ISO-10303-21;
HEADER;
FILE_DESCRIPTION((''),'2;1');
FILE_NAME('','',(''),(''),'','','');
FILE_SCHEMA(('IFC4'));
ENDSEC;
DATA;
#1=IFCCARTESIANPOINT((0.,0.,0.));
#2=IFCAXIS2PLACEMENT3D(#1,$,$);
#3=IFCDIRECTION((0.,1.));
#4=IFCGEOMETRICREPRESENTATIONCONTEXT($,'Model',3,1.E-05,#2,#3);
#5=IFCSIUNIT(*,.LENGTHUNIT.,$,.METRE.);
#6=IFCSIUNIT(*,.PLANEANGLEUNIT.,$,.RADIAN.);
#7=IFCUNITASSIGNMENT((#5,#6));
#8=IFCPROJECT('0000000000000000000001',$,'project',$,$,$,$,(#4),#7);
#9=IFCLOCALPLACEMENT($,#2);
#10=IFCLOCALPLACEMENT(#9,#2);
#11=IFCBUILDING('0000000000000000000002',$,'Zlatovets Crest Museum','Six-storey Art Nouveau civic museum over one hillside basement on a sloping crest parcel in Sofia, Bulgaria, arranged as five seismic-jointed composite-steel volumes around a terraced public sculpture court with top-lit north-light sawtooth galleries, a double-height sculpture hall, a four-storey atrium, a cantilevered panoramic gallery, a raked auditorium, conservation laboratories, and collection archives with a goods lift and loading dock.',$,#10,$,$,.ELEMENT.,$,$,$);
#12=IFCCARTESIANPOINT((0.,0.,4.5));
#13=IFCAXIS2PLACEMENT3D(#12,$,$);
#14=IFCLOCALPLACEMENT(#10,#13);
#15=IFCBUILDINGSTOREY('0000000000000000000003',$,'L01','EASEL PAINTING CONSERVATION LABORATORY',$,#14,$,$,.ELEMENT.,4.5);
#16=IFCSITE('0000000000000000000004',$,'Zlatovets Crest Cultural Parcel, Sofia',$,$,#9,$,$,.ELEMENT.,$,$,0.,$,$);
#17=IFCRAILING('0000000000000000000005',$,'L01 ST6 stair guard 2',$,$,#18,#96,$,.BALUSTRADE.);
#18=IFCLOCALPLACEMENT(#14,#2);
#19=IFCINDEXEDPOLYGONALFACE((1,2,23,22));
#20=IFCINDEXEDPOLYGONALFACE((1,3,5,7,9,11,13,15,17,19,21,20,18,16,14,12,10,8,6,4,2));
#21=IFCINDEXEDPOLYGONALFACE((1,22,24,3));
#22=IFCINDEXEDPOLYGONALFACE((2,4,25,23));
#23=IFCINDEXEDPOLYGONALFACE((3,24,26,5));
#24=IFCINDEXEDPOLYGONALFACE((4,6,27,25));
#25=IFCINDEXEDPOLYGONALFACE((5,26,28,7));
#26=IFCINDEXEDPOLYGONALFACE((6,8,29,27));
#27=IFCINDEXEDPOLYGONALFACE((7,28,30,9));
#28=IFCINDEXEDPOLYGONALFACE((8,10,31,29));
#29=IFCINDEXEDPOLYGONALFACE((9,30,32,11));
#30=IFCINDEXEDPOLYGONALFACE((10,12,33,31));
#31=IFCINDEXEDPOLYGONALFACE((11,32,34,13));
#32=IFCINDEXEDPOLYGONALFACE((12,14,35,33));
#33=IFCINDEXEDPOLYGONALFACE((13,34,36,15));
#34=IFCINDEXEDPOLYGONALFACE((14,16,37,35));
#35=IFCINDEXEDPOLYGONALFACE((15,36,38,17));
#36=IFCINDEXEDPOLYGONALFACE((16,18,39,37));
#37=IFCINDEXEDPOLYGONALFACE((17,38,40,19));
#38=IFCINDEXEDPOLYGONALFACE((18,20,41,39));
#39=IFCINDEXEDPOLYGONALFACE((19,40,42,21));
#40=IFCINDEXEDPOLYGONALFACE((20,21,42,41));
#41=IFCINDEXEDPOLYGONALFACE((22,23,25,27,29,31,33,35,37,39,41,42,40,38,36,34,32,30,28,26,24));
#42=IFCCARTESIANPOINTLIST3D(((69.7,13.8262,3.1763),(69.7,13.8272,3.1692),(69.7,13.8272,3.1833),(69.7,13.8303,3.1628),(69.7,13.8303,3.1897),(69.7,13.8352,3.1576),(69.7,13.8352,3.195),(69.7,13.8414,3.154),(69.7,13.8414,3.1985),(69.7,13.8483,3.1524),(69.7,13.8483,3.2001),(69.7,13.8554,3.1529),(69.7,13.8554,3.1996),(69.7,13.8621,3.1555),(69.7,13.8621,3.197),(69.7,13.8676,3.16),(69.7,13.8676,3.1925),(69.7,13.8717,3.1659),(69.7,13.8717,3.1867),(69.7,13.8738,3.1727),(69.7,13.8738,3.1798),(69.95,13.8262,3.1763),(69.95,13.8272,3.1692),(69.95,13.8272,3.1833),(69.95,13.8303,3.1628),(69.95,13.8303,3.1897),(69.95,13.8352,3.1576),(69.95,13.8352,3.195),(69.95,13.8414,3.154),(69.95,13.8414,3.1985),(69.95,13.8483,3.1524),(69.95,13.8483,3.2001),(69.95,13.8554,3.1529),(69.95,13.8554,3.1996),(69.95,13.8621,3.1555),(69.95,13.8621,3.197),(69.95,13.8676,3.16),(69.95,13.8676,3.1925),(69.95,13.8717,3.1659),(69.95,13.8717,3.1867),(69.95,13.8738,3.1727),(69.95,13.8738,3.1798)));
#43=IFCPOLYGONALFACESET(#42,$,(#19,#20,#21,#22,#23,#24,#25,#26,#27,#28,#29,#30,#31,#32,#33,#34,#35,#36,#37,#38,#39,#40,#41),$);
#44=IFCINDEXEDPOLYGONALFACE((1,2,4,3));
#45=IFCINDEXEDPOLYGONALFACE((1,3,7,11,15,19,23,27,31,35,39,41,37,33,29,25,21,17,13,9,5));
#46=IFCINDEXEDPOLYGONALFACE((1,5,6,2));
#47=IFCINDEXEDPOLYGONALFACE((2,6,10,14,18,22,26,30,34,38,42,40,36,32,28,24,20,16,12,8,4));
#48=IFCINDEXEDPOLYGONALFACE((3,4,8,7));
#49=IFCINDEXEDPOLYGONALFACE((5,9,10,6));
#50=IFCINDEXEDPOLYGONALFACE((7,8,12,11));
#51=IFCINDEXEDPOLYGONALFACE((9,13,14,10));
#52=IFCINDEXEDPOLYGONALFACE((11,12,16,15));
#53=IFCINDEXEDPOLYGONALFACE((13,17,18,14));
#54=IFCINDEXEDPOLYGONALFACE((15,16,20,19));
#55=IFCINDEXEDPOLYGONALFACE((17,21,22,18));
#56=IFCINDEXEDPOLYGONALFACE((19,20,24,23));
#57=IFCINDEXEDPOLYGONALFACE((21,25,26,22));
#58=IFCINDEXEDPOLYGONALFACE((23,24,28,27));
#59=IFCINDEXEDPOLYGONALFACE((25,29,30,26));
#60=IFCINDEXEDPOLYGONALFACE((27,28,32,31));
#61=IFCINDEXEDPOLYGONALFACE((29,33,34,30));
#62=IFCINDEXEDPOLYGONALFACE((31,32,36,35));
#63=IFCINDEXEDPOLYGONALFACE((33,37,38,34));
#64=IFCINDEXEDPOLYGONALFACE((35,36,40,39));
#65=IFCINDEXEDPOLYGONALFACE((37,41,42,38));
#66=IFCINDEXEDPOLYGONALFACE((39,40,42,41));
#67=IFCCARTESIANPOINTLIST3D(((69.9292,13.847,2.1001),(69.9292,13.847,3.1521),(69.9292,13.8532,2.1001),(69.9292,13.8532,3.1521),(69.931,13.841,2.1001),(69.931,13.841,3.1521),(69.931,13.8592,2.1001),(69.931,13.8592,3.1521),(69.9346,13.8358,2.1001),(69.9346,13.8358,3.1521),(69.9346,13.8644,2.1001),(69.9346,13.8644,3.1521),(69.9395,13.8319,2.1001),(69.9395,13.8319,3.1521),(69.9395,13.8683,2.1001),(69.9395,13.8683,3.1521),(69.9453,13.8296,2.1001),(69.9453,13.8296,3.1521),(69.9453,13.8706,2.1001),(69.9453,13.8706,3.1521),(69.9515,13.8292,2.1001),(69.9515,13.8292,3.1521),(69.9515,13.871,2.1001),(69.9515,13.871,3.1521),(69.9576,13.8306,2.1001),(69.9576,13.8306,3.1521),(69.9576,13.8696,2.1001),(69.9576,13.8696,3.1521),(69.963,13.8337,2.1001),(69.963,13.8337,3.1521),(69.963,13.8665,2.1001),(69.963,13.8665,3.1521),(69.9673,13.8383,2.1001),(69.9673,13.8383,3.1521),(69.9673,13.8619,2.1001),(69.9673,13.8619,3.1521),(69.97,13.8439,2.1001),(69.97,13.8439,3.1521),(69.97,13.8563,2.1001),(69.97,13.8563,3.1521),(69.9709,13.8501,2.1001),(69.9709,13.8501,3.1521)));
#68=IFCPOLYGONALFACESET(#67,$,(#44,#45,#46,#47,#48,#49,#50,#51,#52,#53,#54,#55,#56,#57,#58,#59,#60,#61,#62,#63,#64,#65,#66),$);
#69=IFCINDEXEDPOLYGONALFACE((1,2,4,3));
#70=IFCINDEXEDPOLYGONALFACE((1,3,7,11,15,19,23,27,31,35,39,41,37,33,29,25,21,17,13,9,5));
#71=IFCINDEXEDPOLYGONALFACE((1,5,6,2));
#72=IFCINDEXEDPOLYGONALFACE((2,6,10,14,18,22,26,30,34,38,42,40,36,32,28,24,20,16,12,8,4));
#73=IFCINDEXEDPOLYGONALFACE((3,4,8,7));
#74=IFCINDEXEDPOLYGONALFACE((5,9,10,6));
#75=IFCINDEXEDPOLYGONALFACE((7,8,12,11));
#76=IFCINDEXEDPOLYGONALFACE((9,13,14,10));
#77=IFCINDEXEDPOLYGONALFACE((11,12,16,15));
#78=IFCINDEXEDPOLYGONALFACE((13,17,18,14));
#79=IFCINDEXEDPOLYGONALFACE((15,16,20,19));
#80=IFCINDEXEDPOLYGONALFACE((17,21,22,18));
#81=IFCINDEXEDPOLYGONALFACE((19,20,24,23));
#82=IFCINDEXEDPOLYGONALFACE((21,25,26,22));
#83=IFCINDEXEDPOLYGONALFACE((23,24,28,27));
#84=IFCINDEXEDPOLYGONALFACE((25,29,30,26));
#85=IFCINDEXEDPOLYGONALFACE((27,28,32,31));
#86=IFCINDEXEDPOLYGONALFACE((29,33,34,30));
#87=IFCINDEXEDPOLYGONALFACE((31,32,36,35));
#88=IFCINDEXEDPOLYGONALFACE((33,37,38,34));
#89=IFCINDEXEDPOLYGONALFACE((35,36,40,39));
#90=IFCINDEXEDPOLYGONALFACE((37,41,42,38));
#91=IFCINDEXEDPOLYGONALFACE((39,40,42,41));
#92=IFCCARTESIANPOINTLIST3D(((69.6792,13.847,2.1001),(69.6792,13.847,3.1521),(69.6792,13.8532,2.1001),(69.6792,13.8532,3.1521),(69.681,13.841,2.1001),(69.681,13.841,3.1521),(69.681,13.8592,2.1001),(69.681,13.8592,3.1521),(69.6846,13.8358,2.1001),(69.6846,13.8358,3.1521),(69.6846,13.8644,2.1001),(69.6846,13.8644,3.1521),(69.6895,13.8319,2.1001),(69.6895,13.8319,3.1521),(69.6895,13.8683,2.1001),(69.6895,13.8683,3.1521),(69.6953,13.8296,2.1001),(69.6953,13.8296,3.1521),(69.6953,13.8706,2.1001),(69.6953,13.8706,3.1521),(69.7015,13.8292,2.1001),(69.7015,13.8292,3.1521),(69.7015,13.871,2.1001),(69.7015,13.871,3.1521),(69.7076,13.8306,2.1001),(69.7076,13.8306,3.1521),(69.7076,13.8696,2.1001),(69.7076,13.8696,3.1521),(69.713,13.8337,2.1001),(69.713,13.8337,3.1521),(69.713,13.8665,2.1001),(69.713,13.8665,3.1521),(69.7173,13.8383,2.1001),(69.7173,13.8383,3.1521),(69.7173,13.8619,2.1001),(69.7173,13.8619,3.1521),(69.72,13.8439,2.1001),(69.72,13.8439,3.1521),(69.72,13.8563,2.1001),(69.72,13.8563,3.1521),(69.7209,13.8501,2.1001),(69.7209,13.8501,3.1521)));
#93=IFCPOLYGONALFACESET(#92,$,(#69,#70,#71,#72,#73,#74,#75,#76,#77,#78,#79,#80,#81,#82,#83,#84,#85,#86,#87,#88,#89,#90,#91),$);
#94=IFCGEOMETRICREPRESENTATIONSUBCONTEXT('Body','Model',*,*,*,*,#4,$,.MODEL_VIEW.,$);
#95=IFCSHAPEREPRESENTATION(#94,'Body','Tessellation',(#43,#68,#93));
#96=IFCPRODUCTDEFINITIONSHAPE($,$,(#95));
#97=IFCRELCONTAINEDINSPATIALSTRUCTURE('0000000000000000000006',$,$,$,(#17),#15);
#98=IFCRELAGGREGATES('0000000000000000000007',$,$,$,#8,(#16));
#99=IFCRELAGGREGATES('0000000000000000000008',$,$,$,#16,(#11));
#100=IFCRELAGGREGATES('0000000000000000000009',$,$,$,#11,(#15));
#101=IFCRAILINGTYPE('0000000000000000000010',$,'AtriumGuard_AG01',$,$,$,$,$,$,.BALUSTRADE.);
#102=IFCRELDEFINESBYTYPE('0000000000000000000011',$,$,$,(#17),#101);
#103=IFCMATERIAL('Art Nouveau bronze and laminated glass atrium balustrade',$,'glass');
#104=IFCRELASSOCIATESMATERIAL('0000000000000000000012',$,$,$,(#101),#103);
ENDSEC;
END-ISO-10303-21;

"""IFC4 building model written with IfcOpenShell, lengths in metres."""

from ifc_helpers import new_model, si_unit, direction, frame, origin, origin_2d, place, context, subcontext, project, spatial, circle, extrude, material, type_object, element, save


model = new_model("IFC4")

# Units and contexts
model_context = context("Model", 3, precision=1e-05, world=origin(), true_north=direction((0.0, 1.0)))
body_context = subcontext(model_context, "Body", "Model", "MODEL_VIEW")
ifc_project = project(units=[si_unit("LENGTHUNIT", "METRE"), si_unit("PLANEANGLEUNIT", "RADIAN")], contexts=[model_context])

# Site, building, storey
site_placement = place(None, origin())
site = spatial("IfcSite", under=ifc_project, at=site_placement, Name="Zlatovets Crest Cultural Parcel, Sofia", CompositionType="ELEMENT", RefElevation=0.0)
building_placement = place(site_placement, origin())
building = spatial("IfcBuilding", under=site, at=building_placement, Name="Zlatovets Crest Museum", Description="Six-storey Art Nouveau civic museum over one hillside basement on a sloping crest parcel in Sofia, Bulgaria, arranged as five seismic-jointed composite-steel volumes around a terraced public sculpture court with top-lit north-light sawtooth galleries, a double-height sculpture hall, a four-storey atrium, a cantilevered panoramic gallery, a raked auditorium, conservation laboratories, and collection archives with a goods lift and loading dock.", CompositionType="ELEMENT")
storey_placement = place(building_placement, frame((0.0, 0.0, 4.5)))
storey = spatial("IfcBuildingStorey", under=building, at=storey_placement, Name="L01", Description="EASEL PAINTING CONSERVATION LABORATORY", CompositionType="ELEMENT", Elevation=4.5)

# Railing
ifc_material_1 = material(Name="Art Nouveau bronze and laminated glass atrium balustrade", Category="glass")
railing_type_1 = type_object("IfcRailingType", Name="AtriumGuard_AG01", PredefinedType="BALUSTRADE", material=ifc_material_1)
railing_1_placement = place(storey_placement, frame((69.95, 13.8501, 2.1001)))
element("IfcRailing", 1, at=railing_1_placement, inside=storey, type_object=railing_type_1, Name="L01 ST6 stair guard 2", PredefinedType="BALUSTRADE", context=body_context, shape_type="SweptSolid", body=[
    extrude(circle(Radius=0.0239, at=origin_2d()), frame((0.0, 0.0, 1.0762), z_axis=(-1.0, 0.0, 0.0), x_axis=(0.0, -1.0, 0.0)), (0.0, 0.0, 1.0), 0.25),
    extrude(circle(Radius=0.021, at=origin_2d()), origin(), (0.0, 0.0, 1.0), 1.052),
    extrude(circle(Radius=0.021, at=origin_2d()), frame((-0.25, 0.0, 0.0)), (0.0, 0.0, 1.0), 1.052),
])

save(model, "model.ifc")
